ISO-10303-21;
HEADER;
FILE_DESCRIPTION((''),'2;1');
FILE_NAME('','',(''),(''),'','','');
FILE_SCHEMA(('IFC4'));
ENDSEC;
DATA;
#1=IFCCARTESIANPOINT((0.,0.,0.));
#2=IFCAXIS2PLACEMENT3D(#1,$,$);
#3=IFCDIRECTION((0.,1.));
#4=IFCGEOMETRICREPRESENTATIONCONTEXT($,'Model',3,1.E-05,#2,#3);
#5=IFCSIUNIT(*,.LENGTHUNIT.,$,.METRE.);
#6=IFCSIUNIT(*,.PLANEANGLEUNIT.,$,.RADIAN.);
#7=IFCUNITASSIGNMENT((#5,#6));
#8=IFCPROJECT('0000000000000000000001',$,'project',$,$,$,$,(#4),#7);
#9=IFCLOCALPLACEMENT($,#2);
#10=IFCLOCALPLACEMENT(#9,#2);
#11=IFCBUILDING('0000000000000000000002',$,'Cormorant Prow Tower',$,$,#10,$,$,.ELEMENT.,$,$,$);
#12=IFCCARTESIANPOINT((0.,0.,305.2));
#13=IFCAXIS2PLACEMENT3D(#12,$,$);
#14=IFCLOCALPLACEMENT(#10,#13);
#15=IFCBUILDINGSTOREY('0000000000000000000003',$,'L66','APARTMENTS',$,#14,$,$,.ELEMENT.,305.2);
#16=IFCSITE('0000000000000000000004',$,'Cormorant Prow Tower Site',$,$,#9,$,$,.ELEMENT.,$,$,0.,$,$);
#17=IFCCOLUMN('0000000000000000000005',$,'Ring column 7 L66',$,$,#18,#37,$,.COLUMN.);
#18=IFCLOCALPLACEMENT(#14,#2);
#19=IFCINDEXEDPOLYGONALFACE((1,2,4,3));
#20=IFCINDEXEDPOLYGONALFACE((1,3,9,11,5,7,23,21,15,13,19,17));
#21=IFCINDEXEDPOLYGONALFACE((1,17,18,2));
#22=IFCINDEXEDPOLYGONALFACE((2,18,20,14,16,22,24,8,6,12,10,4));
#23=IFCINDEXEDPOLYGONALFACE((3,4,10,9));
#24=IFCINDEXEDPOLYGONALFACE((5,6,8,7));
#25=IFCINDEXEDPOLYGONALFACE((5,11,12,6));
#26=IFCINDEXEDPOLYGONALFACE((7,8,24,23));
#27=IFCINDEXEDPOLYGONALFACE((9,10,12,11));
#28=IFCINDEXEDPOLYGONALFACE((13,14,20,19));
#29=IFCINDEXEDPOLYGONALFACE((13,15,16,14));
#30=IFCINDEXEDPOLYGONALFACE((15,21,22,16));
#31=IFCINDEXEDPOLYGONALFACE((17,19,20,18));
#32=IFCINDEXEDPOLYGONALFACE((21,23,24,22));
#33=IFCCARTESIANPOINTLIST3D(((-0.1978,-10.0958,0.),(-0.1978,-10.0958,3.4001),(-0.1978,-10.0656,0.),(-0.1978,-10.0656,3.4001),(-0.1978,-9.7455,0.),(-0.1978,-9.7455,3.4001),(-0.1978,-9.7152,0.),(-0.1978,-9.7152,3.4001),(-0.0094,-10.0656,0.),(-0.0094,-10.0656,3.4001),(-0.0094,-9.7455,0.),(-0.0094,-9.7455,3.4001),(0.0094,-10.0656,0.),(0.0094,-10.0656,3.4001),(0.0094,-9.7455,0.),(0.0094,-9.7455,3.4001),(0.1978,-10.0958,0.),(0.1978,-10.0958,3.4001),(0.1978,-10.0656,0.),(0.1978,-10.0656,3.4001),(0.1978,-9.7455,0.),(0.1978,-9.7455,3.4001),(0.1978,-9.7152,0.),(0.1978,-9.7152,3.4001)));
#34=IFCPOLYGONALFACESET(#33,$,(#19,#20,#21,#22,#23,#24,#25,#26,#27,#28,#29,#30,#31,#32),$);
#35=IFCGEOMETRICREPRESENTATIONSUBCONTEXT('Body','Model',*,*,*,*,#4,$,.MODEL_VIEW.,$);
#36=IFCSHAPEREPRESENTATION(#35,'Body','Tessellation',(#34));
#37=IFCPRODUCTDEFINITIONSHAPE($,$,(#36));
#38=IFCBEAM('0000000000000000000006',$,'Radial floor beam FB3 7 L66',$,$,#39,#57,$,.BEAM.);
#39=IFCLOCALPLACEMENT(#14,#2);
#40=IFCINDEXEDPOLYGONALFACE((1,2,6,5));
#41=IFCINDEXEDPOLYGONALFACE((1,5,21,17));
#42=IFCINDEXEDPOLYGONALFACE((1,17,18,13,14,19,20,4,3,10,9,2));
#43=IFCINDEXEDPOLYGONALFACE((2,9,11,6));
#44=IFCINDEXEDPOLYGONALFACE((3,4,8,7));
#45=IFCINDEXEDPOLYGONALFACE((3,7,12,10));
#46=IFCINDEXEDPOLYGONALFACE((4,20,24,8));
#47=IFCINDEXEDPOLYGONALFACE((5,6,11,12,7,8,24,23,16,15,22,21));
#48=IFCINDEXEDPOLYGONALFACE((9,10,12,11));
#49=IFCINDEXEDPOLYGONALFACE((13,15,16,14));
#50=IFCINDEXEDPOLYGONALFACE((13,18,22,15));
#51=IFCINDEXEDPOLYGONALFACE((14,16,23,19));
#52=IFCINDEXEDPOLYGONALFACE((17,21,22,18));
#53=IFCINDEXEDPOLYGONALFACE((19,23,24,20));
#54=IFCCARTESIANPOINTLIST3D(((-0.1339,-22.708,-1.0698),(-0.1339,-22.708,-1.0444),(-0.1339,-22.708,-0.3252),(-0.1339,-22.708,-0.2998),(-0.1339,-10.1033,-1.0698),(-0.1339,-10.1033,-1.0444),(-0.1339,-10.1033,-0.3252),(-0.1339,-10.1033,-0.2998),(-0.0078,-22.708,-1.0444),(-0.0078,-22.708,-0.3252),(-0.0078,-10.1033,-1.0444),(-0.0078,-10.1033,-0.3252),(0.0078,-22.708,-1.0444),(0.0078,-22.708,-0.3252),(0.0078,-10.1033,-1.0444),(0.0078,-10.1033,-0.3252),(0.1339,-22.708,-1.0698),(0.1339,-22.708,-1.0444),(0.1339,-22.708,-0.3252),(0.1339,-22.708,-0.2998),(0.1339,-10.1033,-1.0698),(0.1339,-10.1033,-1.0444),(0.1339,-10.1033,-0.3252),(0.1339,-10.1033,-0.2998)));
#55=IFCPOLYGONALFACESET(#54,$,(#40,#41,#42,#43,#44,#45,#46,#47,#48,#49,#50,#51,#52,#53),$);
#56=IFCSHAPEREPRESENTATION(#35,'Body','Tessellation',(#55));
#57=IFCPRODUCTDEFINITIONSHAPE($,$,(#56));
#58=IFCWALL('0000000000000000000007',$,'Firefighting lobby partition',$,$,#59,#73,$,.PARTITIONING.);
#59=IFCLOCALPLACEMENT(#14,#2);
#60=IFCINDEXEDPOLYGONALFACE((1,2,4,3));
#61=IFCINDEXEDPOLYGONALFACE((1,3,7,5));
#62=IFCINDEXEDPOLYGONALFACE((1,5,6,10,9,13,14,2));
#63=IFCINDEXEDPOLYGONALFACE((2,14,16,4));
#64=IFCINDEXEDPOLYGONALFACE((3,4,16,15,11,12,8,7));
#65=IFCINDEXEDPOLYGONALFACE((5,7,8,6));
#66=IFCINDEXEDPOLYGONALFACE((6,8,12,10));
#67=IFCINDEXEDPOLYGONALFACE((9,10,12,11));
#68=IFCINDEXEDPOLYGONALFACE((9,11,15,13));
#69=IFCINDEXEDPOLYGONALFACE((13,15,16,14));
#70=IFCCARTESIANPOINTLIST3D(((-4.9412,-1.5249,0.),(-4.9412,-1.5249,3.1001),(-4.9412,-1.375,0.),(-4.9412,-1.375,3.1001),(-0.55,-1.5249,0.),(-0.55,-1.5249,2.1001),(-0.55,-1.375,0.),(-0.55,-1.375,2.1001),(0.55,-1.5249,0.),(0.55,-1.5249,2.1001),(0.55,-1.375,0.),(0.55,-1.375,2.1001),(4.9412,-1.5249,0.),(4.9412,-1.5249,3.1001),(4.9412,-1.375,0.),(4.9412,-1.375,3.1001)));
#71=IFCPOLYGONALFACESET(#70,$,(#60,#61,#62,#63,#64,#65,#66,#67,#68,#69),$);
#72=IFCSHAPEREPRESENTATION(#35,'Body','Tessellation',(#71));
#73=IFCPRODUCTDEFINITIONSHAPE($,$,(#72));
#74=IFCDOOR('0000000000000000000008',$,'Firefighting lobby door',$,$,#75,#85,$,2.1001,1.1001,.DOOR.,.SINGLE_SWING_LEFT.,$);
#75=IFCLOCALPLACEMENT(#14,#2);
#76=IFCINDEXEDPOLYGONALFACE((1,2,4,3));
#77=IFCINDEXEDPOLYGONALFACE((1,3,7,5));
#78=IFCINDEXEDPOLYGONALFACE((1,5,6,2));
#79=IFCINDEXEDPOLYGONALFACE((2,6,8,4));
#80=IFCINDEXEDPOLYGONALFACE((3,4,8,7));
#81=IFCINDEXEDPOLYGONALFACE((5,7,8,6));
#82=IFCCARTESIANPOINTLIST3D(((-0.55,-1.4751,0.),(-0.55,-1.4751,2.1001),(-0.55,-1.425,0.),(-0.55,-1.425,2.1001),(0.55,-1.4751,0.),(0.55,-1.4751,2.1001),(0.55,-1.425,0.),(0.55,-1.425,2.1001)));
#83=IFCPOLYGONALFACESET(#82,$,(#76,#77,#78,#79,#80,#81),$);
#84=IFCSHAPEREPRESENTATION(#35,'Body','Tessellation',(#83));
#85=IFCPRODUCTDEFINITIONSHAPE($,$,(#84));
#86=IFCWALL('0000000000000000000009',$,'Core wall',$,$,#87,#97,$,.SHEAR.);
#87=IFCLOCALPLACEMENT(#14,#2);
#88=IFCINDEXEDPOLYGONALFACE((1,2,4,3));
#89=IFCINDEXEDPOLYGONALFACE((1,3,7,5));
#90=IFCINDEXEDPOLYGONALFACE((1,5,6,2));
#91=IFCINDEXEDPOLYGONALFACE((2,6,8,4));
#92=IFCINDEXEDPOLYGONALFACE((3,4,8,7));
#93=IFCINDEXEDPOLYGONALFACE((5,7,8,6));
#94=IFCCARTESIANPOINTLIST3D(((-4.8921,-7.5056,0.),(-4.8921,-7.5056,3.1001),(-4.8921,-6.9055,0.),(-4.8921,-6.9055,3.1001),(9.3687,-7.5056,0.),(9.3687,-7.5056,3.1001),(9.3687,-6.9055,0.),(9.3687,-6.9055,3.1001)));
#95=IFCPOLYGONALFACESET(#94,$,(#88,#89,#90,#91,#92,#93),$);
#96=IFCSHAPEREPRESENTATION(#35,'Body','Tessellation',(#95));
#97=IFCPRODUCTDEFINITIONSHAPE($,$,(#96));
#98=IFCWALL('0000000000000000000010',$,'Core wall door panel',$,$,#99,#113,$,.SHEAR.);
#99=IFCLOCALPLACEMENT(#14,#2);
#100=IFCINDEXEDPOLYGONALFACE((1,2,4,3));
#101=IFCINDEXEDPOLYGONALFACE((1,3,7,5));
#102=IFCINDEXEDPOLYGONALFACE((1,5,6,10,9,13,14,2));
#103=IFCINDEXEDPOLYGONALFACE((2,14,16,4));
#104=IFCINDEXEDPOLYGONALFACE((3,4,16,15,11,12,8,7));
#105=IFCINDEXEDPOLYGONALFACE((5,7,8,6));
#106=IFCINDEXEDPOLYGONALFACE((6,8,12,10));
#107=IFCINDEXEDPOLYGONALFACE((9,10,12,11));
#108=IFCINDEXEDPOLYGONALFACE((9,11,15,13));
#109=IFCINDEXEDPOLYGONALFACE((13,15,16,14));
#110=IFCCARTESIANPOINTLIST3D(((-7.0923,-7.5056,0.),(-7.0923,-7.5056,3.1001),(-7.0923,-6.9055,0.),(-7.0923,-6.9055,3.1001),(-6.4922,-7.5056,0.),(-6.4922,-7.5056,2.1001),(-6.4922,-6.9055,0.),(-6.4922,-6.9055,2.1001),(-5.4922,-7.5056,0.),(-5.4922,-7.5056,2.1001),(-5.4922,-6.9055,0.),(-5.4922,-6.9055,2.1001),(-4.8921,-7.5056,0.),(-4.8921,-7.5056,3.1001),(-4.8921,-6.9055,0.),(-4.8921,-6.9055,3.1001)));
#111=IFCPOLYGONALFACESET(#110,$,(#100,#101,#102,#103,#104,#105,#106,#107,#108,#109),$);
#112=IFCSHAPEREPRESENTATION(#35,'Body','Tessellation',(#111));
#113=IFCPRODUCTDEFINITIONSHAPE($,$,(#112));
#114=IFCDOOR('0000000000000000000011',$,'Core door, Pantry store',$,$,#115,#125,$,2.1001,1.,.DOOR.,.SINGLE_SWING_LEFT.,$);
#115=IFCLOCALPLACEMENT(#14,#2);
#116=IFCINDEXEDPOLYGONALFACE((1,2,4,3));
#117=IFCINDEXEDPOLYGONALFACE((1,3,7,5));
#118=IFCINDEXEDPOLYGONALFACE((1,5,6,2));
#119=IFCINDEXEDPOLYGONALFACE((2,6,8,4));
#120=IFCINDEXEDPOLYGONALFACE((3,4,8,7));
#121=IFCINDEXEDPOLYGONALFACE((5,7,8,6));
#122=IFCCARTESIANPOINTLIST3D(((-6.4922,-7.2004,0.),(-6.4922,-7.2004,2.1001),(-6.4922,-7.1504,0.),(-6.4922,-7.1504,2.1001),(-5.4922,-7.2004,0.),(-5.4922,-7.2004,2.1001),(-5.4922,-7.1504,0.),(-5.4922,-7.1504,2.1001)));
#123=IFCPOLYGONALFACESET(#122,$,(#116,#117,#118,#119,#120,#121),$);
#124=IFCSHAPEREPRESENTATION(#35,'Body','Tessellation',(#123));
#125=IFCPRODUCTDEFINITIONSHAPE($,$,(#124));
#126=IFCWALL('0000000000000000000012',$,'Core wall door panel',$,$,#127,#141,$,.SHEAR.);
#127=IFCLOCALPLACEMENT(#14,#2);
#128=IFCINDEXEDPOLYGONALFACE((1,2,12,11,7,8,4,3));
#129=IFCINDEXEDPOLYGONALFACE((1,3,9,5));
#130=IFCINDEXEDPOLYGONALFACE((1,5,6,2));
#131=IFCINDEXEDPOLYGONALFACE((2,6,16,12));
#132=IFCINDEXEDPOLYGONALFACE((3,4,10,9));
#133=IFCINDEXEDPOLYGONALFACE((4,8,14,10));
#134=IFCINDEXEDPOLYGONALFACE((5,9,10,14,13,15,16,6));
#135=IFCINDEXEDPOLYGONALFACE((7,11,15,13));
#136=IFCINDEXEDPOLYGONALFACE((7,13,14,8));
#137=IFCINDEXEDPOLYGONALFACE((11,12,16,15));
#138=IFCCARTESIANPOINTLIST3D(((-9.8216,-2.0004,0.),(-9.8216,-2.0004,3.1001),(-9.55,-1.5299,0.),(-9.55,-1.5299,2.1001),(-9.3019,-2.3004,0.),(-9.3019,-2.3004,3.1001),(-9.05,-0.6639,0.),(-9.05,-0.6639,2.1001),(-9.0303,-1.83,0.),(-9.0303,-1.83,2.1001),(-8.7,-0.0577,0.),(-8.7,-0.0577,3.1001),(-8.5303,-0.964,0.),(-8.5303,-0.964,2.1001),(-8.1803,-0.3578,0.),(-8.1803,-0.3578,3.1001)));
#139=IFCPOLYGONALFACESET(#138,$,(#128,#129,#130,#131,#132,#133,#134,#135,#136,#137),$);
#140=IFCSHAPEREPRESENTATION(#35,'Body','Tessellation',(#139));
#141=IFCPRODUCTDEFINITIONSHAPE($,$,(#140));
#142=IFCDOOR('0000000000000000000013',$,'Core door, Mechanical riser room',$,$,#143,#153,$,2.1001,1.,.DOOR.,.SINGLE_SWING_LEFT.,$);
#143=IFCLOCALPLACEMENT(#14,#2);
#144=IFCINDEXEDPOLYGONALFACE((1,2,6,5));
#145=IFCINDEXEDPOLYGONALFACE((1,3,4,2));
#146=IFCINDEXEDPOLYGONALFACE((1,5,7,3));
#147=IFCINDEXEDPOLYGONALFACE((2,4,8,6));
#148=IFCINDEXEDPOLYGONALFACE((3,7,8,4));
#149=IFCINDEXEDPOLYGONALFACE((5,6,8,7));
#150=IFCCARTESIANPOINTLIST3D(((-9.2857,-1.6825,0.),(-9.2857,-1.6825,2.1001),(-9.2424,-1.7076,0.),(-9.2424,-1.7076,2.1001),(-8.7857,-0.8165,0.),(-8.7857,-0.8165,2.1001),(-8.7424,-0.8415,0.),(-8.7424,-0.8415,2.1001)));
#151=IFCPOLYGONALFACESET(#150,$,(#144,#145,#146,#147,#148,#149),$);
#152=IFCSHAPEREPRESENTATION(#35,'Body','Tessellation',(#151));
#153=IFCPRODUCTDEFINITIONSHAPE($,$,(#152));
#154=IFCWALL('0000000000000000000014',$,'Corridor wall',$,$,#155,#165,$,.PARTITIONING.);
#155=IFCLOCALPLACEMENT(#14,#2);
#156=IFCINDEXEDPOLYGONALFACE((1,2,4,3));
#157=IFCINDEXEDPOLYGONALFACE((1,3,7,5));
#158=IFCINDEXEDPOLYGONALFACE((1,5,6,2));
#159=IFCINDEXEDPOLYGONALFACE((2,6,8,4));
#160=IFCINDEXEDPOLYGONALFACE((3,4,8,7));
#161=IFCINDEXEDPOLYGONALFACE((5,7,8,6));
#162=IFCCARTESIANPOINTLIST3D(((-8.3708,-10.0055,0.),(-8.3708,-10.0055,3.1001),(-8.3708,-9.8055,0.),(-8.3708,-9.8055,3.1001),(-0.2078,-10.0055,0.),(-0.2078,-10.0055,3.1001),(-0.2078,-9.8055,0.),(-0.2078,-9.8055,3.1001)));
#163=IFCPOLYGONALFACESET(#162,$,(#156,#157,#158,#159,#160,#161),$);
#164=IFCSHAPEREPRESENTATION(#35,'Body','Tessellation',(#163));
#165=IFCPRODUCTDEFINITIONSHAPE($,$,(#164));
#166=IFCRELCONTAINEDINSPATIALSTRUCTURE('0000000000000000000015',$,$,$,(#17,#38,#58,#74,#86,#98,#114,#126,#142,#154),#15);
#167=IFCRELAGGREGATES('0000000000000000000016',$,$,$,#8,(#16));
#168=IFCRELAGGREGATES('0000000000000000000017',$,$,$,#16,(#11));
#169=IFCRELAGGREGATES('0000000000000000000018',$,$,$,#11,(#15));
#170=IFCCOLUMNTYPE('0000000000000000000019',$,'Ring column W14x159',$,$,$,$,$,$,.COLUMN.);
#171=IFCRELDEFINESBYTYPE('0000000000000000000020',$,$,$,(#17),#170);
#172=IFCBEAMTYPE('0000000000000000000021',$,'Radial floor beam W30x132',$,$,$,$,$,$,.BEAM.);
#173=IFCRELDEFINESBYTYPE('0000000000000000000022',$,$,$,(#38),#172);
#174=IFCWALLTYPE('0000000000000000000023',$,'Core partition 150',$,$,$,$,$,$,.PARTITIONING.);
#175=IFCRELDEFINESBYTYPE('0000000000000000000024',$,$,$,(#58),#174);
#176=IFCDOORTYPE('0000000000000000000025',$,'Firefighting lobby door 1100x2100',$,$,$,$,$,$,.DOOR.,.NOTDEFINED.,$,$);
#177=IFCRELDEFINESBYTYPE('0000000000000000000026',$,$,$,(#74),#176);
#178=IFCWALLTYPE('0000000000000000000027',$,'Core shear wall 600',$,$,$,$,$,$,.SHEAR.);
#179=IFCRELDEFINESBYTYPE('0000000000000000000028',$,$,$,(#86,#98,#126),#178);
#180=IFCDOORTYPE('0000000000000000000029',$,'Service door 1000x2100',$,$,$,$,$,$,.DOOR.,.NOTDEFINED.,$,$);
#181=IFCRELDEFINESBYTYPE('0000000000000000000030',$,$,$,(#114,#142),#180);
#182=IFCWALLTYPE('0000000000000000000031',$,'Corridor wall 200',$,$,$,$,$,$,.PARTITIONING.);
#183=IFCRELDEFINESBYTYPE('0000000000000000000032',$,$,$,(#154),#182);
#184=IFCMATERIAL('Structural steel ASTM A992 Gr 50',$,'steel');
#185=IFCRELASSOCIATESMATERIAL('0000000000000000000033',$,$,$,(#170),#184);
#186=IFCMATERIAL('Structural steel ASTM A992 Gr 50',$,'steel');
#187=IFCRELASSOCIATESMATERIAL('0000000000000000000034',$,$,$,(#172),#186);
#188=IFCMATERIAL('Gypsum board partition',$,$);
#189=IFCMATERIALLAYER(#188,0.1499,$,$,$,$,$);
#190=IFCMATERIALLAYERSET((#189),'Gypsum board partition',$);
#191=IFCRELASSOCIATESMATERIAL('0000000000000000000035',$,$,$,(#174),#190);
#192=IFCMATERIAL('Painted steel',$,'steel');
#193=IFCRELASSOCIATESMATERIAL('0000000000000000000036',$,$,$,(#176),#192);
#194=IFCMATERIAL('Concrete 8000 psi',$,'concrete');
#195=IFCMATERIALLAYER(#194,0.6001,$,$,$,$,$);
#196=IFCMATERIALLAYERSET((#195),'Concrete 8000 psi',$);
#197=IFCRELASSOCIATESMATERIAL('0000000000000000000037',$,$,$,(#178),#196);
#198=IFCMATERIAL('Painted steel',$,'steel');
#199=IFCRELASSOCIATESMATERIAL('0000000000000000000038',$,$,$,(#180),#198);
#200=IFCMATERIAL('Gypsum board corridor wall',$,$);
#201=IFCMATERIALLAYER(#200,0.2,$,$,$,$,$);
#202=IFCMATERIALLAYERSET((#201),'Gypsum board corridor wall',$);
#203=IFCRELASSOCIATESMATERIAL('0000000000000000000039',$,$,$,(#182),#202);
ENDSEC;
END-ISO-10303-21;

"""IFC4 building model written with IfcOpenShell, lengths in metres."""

from ifc_helpers import new_model, si_unit, direction, frame, frame_2d, origin, origin_2d, place, context, subcontext, project, spatial, rectangle, i_section, extrude, material, layer, layer_set, material_profile, profile_set, type_object, element, fill, save


model = new_model("IFC4")

# Units and contexts
model_context = context("Model", 3, precision=1e-05, world=origin(), true_north=direction((0.0, 1.0)))
body_context = subcontext(model_context, "Body", "Model", "MODEL_VIEW")
ifc_project = project(units=[si_unit("LENGTHUNIT", "METRE"), si_unit("PLANEANGLEUNIT", "RADIAN")], contexts=[model_context])

# Site, building, storey
site_placement = place(None, origin())
site = spatial("IfcSite", under=ifc_project, at=site_placement, Name="Cormorant Prow Tower Site", CompositionType="ELEMENT", RefElevation=0.0)
building_placement = place(site_placement, origin())
building = spatial("IfcBuilding", under=site, at=building_placement, Name="Cormorant Prow Tower", CompositionType="ELEMENT")
storey_placement = place(building_placement, frame((0.0, 0.0, 305.2)))
storey = spatial("IfcBuildingStorey", under=building, at=storey_placement, Name="L66", Description="APARTMENTS", CompositionType="ELEMENT", Elevation=305.2)

# Column
ifc_material_1 = material(Name="Structural steel ASTM A992 Gr 50", Category="steel")
ifc_material_profile_1 = material_profile(ifc_material_1, i_section(OverallWidth=0.3955, OverallDepth=0.3806, WebThickness=0.0188, FlangeThickness=0.0303, at=origin_2d()), Name="W14x159")
ifc_profile_set_1 = profile_set([ifc_material_profile_1], Name="Structural steel ASTM A992 Gr 50")
column_type = type_object("IfcColumnType", Name="Ring column W14x159", PredefinedType="COLUMN", material=ifc_profile_set_1)
column_placement = place(storey_placement, frame((0.0, -9.9055, 0.0), z_axis=(0.0, 0.0, 1.0), x_axis=(1.0, 0.0, 0.0)))
element("IfcColumn", 1, at=column_placement, inside=storey, type_object=column_type, Name="Ring column 7 L66", PredefinedType="COLUMN", context=body_context, shape_type="SweptSolid", body=[
    extrude(i_section(OverallWidth=0.3955, OverallDepth=0.3806, WebThickness=0.0188, FlangeThickness=0.0303, at=origin_2d()), origin(), (0.0, 0.0, 1.0), 3.4001),
])

# Beam
ifc_material_2 = material(Name="Structural steel ASTM A992 Gr 50", Category="steel")
ifc_material_profile_2 = material_profile(ifc_material_2, i_section(OverallWidth=0.2678, OverallDepth=0.77, WebThickness=0.0156, FlangeThickness=0.0254, at=origin_2d()), Name="W30x132")
ifc_profile_set_2 = profile_set([ifc_material_profile_2], Name="Structural steel ASTM A992 Gr 50")
beam_type = type_object("IfcBeamType", Name="Radial floor beam W30x132", PredefinedType="BEAM", material=ifc_profile_set_2)
beam_placement = place(storey_placement, frame((0.0, -10.1033, -0.6848), z_axis=(0.0, -1.0, 0.0), x_axis=(1.0, 0.0, 0.0)))
element("IfcBeam", 2, at=beam_placement, inside=storey, type_object=beam_type, Name="Radial floor beam FB3 7 L66", PredefinedType="BEAM", context=body_context, shape_type="SweptSolid", body=[
    extrude(i_section(OverallWidth=0.2678, OverallDepth=0.77, WebThickness=0.0156, FlangeThickness=0.0254, at=origin_2d()), origin(), (0.0, 0.0, 1.0), 12.6047),
])

# Wall, opening, door
ifc_material_3 = material(Name="Gypsum board partition")
ifc_layer_1 = layer(ifc_material_3, 0.1499)
ifc_layer_set_1 = layer_set([ifc_layer_1], Name="Gypsum board partition")
wall_type_1 = type_object("IfcWallType", Name="Core partition 150", PredefinedType="PARTITIONING", material=ifc_layer_set_1)
wall_1_placement = place(storey_placement, frame((-4.9412, -1.45, 0.0), z_axis=(0.0, 0.0, 1.0), x_axis=(1.0, 0.0, 0.0)))
wall_1 = element("IfcWall", 3, at=wall_1_placement, inside=storey, type_object=wall_type_1, Name="Firefighting lobby partition", PredefinedType="PARTITIONING", context=body_context, shape_type="SweptSolid", body=[
    extrude(rectangle(XDim=9.8823, YDim=0.1499, at=frame_2d((4.9412, 0.0))), origin(), (0.0, 0.0, 1.0), 3.1001),
])
opening_1_placement = place(wall_1_placement, frame((4.3911, 0.0, 0.0)))
opening_1 = element("IfcOpeningElement", 4, at=opening_1_placement, cuts=wall_1, PredefinedType="OPENING", context=body_context, shape_type="SweptSolid", body=[
    extrude(rectangle(XDim=1.1001, YDim=2.1001, at=frame_2d((0.55, 1.05))), frame((0.0, 0.085, 0.0), z_axis=(0.0, -1.0, 0.0), x_axis=(1.0, 0.0, 0.0)), (0.0, 0.0, 1.0), 0.1699),
])
ifc_material_4 = material(Name="Painted steel", Category="steel")
door_type_1 = type_object("IfcDoorType", Name="Firefighting lobby door 1100x2100", OperationType="NOTDEFINED", PredefinedType="DOOR", material=ifc_material_4)
door_1_placement = place(opening_1_placement, origin())
door_1 = element("IfcDoor", 5, at=door_1_placement, inside=storey, type_object=door_type_1, Name="Firefighting lobby door", OperationType="SINGLE_SWING_LEFT", OverallHeight=2.1001, OverallWidth=1.1001, PredefinedType="DOOR", context=body_context, shape_type="SweptSolid", body=[
    extrude(rectangle(XDim=1.1001, YDim=2.1001, at=frame_2d((0.55, 1.05))), frame((0.0, 0.0249, 0.0), z_axis=(0.0, -1.0, 0.0), x_axis=(1.0, 0.0, 0.0)), (0.0, 0.0, 1.0), 0.05),
])
fill(opening_1, door_1)

# Wall
ifc_material_5 = material(Name="Concrete 8000 psi", Category="concrete")
ifc_layer_2 = layer(ifc_material_5, 0.6001)
ifc_layer_set_2 = layer_set([ifc_layer_2], Name="Concrete 8000 psi")
wall_type_2 = type_object("IfcWallType", Name="Core shear wall 600", PredefinedType="SHEAR", material=ifc_layer_set_2)
wall_2_placement = place(storey_placement, frame((-4.8921, -7.2056, 0.0), z_axis=(0.0, 0.0, 1.0), x_axis=(1.0, 0.0, 0.0)))
element("IfcWall", 6, at=wall_2_placement, inside=storey, type_object=wall_type_2, Name="Core wall", PredefinedType="SHEAR", context=body_context, shape_type="SweptSolid", body=[
    extrude(rectangle(XDim=14.2607, YDim=0.6001, at=frame_2d((7.1304, 0.0))), origin(), (0.0, 0.0, 1.0), 3.1001),
])

# Walls, openings, doors
wall_3_placement = place(storey_placement, frame((-7.0923, -7.2056, 0.0), z_axis=(0.0, 0.0, 1.0), x_axis=(1.0, 0.0, 0.0)))
wall_3 = element("IfcWall", 7, at=wall_3_placement, inside=storey, type_object=wall_type_2, Name="Core wall door panel", PredefinedType="SHEAR", context=body_context, shape_type="SweptSolid", body=[
    extrude(rectangle(XDim=2.2002, YDim=0.6001, at=frame_2d((1.1001, 0.0))), origin(), (0.0, 0.0, 1.0), 3.1001),
])
opening_2_placement = place(wall_3_placement, frame((0.6001, 0.0, 0.0)))
opening_2 = element("IfcOpeningElement", 8, at=opening_2_placement, cuts=wall_3, PredefinedType="OPENING", context=body_context, shape_type="SweptSolid", body=[
    extrude(rectangle(XDim=1.0, YDim=2.1001, at=frame_2d((0.5, 1.05))), frame((0.0, 0.3101, 0.0), z_axis=(0.0, -1.0, 0.0), x_axis=(1.0, 0.0, 0.0)), (0.0, 0.0, 1.0), 0.6201),
])
ifc_material_6 = material(Name="Painted steel", Category="steel")
door_type_2 = type_object("IfcDoorType", Name="Service door 1000x2100", OperationType="NOTDEFINED", PredefinedType="DOOR", material=ifc_material_6)
door_2_placement = place(opening_2_placement, origin())
door_2 = element("IfcDoor", 9, at=door_2_placement, inside=storey, type_object=door_type_2, Name="Core door, Pantry store", OperationType="SINGLE_SWING_LEFT", OverallHeight=2.1001, OverallWidth=1.0, PredefinedType="DOOR", context=body_context, shape_type="SweptSolid", body=[
    extrude(rectangle(XDim=1.0, YDim=2.1001, at=frame_2d((0.5, 1.05))), frame((0.0, 0.0552, 0.0), z_axis=(0.0, -1.0, 0.0), x_axis=(1.0, 0.0, 0.0)), (0.0, 0.0, 1.0), 0.05),
])
fill(opening_2, door_2)
wall_4_placement = place(storey_placement, frame((-8.4402, -0.2078, 0.0), z_axis=(0.0, 0.0, 1.0), x_axis=(-0.500002, -0.866024, 0.0)))
wall_4 = element("IfcWall", 10, at=wall_4_placement, inside=storey, type_object=wall_type_2, Name="Core wall door panel", PredefinedType="SHEAR", context=body_context, shape_type="SweptSolid", body=[
    extrude(rectangle(XDim=2.2432, YDim=0.6001, at=frame_2d((1.1216, 0.0))), origin(), (0.0, 0.0, 1.0), 3.1001),
])
opening_3_placement = place(wall_4_placement, frame((0.7, 0.0, 0.0)))
opening_3 = element("IfcOpeningElement", 11, at=opening_3_placement, cuts=wall_4, PredefinedType="OPENING", context=body_context, shape_type="SweptSolid", body=[
    extrude(rectangle(XDim=1.0, YDim=2.1001, at=frame_2d((0.5, 1.05))), frame((0.0, 0.3101, 0.0), z_axis=(0.0, -1.0, 0.0), x_axis=(1.0, 0.0, 0.0)), (0.0, 0.0, 1.0), 0.6201),
])
door_3_placement = place(opening_3_placement, origin())
door_3 = element("IfcDoor", 12, at=door_3_placement, inside=storey, type_object=door_type_2, Name="Core door, Mechanical riser room", OperationType="SINGLE_SWING_LEFT", OverallHeight=2.1001, OverallWidth=1.0, PredefinedType="DOOR", context=body_context, shape_type="SweptSolid", body=[
    extrude(rectangle(XDim=1.0, YDim=2.1001, at=frame_2d((0.5, 1.05))), frame((0.0, 0.0552, 0.0), z_axis=(0.0, -1.0, 0.0), x_axis=(1.0, 0.0, 0.0)), (0.0, 0.0, 1.0), 0.05),
])
fill(opening_3, door_3)

# Wall
ifc_material_7 = material(Name="Gypsum board corridor wall")
ifc_layer_3 = layer(ifc_material_7, 0.2)
ifc_layer_set_3 = layer_set([ifc_layer_3], Name="Gypsum board corridor wall")
wall_type_3 = type_object("IfcWallType", Name="Corridor wall 200", PredefinedType="PARTITIONING", material=ifc_layer_set_3)
wall_5_placement = place(storey_placement, frame((-8.3708, -9.9055, 0.0), z_axis=(0.0, 0.0, 1.0), x_axis=(1.0, 0.0, 0.0)))
element("IfcWall", 13, at=wall_5_placement, inside=storey, type_object=wall_type_3, Name="Corridor wall", PredefinedType="PARTITIONING", context=body_context, shape_type="SweptSolid", body=[
    extrude(rectangle(XDim=8.1631, YDim=0.2, at=frame_2d((4.0815, 0.0))), origin(), (0.0, 0.0, 1.0), 3.1001),
])

save(model, "model.ifc")
